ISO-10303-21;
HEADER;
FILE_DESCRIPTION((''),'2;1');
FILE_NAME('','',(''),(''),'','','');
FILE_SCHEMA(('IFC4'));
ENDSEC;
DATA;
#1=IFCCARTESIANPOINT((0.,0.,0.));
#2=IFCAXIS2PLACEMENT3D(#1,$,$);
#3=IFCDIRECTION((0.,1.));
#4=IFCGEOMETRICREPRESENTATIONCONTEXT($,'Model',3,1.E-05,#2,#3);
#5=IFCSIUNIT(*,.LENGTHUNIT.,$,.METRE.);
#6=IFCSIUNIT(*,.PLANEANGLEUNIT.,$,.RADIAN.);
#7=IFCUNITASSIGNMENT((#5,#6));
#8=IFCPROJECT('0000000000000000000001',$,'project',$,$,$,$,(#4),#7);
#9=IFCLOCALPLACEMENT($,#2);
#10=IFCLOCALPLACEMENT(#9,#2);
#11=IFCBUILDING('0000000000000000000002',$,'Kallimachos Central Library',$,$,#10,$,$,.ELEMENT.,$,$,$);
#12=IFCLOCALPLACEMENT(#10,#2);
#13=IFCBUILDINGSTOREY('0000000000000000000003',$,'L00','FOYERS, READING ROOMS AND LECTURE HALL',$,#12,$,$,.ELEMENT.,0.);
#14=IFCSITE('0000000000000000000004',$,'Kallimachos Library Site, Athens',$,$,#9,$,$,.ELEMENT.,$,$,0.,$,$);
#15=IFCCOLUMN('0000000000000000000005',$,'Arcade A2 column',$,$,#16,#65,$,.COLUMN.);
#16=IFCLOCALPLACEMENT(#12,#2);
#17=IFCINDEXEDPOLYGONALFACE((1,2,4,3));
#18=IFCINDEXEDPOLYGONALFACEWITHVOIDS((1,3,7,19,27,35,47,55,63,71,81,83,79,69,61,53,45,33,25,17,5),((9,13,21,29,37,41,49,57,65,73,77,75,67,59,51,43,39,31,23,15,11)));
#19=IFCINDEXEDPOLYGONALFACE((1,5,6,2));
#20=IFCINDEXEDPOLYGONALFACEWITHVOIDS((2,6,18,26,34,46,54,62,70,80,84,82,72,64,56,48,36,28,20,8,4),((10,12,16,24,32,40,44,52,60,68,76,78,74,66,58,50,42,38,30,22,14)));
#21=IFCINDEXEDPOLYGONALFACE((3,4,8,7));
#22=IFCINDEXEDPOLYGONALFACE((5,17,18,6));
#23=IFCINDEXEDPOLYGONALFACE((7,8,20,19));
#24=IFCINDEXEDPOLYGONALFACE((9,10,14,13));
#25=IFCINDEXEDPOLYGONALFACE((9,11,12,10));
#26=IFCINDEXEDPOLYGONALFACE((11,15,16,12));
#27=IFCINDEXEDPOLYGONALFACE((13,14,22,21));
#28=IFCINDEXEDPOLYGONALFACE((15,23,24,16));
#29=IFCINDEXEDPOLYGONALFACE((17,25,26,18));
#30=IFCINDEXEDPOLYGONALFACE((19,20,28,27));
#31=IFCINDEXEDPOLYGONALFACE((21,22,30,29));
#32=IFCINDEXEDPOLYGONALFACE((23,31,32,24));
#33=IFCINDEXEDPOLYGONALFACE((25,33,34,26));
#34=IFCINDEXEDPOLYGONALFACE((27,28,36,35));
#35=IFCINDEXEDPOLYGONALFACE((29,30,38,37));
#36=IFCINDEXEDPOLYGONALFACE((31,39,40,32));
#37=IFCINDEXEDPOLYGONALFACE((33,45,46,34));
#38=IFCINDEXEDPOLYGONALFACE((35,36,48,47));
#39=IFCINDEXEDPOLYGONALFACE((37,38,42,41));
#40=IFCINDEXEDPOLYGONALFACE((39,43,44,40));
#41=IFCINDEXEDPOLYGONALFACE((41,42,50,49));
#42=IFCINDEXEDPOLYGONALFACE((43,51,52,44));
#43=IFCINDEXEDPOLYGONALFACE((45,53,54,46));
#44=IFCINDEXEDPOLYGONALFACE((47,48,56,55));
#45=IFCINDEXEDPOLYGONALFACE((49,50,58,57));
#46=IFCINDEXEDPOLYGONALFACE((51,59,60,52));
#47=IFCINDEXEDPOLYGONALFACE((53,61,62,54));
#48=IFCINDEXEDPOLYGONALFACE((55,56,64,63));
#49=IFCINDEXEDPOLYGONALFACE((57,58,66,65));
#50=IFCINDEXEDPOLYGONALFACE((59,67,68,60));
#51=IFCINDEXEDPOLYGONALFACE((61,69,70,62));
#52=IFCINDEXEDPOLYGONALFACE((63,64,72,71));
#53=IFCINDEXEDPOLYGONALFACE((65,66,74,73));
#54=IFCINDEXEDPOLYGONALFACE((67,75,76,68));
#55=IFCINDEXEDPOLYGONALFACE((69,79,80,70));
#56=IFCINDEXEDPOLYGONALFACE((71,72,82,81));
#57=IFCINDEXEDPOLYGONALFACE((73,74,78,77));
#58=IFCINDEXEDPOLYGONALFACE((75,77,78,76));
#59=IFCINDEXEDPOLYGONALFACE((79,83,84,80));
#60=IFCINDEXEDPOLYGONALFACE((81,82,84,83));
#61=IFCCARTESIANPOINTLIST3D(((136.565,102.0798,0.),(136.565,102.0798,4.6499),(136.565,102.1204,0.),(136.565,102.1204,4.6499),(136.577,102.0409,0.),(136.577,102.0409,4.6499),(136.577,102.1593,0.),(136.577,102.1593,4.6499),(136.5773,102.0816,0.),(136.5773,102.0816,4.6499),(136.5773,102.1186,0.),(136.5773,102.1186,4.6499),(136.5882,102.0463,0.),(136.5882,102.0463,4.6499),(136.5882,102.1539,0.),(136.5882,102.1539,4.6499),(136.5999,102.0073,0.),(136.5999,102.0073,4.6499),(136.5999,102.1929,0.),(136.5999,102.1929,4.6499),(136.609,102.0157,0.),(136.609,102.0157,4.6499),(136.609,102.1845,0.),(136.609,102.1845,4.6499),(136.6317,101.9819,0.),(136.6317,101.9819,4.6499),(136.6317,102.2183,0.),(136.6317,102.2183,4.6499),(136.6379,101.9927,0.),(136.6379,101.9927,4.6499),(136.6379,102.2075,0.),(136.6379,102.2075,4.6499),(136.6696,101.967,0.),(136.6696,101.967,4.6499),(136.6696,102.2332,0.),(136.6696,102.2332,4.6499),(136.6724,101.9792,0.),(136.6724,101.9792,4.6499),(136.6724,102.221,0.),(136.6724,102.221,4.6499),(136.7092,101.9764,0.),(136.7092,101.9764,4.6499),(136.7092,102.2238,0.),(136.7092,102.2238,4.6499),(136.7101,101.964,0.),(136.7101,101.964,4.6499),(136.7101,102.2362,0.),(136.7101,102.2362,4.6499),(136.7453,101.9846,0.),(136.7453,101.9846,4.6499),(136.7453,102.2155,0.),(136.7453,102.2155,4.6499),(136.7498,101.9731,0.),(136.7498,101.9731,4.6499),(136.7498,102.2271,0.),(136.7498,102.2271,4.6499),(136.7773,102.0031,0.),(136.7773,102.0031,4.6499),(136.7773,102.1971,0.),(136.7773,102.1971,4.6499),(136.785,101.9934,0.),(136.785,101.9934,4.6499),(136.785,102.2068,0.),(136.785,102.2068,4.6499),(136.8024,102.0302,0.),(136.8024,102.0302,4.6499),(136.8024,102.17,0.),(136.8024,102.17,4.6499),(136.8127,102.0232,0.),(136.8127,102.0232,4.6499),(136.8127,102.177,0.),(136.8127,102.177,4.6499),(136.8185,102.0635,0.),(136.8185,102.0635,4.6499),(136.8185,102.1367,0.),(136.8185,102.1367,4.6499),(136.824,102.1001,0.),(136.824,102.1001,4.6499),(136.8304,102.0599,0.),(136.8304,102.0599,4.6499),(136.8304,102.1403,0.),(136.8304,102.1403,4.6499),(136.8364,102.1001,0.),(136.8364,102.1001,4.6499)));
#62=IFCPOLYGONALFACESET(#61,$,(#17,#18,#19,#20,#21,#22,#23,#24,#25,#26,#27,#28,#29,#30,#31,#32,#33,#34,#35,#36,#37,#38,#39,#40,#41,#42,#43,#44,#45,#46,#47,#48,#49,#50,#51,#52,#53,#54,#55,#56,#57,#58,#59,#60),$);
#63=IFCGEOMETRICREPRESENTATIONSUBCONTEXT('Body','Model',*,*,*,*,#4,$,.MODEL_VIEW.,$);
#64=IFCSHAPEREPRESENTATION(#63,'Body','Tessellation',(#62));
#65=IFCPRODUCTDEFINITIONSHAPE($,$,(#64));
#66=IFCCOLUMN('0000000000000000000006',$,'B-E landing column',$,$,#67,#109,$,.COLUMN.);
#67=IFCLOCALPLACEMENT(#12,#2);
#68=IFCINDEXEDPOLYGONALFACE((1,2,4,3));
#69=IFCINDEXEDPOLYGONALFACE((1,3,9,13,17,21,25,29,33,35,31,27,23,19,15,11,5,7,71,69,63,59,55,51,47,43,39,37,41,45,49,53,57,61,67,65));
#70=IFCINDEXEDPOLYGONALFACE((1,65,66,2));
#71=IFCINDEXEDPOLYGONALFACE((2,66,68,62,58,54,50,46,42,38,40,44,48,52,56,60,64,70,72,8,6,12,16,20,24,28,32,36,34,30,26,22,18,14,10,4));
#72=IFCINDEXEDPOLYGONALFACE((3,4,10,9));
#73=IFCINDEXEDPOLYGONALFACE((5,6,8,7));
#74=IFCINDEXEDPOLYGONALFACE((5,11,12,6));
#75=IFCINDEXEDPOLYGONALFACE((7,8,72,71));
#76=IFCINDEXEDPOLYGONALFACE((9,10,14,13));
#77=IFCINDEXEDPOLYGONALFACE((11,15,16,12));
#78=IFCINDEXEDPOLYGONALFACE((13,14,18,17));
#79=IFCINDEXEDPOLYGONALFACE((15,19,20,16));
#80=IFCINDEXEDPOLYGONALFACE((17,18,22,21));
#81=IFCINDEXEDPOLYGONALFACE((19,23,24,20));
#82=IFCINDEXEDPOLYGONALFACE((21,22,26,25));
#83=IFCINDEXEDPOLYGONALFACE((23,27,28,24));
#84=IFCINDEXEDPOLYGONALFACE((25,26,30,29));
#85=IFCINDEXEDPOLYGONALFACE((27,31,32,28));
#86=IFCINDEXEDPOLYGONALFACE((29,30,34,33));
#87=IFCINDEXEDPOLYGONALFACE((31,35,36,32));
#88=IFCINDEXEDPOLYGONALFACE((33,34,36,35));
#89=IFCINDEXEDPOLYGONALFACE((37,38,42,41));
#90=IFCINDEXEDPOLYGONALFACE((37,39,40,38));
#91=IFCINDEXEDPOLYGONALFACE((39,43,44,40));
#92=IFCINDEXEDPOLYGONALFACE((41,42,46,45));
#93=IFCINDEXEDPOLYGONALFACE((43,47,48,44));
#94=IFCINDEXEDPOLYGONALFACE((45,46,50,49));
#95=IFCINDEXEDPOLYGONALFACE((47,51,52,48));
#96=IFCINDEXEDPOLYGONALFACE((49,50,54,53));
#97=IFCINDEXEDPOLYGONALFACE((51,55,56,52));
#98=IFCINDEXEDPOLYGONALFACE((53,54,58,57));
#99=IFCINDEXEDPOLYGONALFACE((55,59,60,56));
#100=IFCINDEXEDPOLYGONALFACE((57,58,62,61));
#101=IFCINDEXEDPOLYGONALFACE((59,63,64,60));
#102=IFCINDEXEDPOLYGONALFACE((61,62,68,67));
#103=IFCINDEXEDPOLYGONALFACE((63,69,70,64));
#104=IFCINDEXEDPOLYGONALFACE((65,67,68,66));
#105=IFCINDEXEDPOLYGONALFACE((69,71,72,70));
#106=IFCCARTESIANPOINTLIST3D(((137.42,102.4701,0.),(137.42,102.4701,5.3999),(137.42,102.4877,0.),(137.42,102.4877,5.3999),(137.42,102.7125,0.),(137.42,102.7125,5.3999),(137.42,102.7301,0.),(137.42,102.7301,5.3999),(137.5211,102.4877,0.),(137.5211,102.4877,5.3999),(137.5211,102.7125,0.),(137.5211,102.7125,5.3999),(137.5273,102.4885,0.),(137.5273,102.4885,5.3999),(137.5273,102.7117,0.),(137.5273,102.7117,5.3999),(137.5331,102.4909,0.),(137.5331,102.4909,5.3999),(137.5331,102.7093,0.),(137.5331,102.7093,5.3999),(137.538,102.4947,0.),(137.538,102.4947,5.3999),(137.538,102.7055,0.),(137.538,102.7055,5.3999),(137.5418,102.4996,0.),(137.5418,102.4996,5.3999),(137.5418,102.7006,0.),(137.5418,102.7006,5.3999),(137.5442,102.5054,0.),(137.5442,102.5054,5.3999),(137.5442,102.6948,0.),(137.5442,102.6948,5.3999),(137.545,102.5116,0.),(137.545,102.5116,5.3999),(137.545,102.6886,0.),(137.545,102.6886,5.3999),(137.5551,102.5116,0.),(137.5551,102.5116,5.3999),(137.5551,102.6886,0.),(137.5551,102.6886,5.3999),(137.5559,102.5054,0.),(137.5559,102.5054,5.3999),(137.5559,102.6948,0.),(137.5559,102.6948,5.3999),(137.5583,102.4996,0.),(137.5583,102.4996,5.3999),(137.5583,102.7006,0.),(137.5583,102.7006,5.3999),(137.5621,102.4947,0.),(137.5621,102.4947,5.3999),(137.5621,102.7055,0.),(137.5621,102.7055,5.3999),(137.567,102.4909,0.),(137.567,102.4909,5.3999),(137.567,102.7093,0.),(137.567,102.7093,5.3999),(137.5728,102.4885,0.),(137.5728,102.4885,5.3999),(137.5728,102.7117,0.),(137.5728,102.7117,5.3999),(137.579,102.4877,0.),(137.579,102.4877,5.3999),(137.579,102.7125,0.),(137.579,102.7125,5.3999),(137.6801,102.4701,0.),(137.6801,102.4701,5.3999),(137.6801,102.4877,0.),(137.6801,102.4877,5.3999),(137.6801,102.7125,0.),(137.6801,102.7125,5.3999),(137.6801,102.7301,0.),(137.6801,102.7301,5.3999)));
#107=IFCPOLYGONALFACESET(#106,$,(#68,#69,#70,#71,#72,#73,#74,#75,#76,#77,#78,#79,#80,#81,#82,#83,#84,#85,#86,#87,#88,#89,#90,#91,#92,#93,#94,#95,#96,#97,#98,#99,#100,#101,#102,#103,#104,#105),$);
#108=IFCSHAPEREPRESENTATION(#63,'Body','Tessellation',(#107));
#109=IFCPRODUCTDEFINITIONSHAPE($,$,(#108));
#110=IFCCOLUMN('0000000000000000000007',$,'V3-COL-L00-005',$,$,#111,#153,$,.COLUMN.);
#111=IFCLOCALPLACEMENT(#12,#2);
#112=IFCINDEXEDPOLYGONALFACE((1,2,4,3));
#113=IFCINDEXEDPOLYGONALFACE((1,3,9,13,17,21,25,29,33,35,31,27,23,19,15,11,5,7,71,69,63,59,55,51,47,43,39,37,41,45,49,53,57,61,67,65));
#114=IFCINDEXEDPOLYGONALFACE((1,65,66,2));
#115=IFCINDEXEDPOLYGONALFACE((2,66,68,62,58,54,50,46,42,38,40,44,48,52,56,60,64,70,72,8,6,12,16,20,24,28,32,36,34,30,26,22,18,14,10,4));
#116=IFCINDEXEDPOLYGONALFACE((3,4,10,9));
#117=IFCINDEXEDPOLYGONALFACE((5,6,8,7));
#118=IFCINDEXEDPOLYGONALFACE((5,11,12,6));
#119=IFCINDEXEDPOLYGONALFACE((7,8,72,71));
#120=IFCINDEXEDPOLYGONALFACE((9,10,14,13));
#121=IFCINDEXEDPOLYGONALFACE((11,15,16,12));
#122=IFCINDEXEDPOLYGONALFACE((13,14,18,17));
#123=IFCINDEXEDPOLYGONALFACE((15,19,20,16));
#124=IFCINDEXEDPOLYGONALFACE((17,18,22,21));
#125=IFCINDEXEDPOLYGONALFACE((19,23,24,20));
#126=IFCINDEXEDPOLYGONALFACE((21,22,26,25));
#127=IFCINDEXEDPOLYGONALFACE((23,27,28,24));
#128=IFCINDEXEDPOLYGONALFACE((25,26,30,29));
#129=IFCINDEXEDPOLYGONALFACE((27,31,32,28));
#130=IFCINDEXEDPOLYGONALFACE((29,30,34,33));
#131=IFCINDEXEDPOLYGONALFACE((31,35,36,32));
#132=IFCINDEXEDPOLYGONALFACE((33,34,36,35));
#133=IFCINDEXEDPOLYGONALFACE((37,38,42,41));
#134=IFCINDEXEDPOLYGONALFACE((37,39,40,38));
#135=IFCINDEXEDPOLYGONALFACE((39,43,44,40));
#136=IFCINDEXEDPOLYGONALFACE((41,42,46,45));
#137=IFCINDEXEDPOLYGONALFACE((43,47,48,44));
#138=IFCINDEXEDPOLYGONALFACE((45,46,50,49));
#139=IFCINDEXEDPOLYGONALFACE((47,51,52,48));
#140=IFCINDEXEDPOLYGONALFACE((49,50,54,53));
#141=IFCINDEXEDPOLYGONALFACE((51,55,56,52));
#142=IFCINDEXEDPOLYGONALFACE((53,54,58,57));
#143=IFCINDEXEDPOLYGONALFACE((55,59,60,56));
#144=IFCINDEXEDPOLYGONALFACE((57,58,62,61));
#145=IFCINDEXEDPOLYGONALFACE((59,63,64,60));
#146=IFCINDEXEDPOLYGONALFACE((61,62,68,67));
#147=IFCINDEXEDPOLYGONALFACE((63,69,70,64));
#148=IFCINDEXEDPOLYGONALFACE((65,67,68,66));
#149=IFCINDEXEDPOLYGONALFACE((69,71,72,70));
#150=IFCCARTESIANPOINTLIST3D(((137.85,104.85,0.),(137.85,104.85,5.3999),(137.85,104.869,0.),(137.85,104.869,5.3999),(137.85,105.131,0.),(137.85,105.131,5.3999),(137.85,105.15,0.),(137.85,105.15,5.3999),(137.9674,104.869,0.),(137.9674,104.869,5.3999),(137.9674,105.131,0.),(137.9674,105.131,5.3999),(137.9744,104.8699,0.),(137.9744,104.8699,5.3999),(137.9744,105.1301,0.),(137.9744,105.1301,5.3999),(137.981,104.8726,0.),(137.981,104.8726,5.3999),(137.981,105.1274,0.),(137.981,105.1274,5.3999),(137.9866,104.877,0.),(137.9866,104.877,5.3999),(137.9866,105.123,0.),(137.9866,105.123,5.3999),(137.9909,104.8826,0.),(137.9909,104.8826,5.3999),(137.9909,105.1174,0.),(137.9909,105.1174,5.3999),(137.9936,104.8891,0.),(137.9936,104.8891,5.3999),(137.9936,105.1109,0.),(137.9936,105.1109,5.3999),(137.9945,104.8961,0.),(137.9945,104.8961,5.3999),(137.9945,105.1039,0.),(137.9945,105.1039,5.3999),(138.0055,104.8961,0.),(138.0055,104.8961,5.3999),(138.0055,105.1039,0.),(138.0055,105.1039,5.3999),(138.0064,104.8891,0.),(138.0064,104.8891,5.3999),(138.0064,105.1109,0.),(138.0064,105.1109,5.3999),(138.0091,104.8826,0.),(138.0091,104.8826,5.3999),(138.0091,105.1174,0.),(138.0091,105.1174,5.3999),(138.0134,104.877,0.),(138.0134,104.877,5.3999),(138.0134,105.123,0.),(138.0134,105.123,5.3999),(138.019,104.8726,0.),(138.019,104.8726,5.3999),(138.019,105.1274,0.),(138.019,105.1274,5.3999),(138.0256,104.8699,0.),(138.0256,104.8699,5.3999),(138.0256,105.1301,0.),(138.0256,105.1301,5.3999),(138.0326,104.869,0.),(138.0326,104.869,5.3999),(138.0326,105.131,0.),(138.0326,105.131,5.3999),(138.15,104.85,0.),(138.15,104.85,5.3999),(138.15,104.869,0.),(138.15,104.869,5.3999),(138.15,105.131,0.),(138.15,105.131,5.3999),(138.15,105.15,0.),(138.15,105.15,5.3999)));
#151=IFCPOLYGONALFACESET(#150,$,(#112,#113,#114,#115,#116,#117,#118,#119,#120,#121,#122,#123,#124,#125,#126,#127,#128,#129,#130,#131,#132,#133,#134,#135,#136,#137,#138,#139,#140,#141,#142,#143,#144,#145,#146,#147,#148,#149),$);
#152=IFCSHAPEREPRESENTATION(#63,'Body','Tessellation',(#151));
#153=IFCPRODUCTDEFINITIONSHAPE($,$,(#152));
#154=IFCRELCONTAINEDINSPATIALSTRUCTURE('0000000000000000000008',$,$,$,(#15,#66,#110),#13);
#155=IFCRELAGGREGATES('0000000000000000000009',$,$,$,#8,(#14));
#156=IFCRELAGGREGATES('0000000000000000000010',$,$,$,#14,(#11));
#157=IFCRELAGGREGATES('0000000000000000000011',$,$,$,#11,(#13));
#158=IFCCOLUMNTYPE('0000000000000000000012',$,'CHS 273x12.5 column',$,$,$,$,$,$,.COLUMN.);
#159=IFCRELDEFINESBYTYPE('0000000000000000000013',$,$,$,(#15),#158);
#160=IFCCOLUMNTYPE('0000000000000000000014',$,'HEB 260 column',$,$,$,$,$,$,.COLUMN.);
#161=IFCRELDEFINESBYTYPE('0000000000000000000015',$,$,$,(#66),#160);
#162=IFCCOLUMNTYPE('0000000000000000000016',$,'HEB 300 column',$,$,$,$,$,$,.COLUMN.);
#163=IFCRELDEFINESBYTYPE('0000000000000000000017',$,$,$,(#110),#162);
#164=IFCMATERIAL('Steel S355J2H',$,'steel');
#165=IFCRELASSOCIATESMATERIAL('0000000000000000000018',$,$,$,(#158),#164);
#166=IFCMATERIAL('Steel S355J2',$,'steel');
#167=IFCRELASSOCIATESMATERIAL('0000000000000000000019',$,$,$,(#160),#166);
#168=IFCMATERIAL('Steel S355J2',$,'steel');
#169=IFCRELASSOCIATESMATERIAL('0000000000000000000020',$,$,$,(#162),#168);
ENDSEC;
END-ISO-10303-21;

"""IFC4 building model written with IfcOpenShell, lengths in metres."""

from ifc_helpers import new_model, si_unit, direction, frame, origin, origin_2d, place, context, subcontext, project, spatial, hollow_circle, i_section, extrude, material, material_profile, profile_set, type_object, element, save


model = new_model("IFC4")

# Units and contexts
model_context = context("Model", 3, precision=1e-05, world=origin(), true_north=direction((0.0, 1.0)))
body_context = subcontext(model_context, "Body", "Model", "MODEL_VIEW")
ifc_project = project(units=[si_unit("LENGTHUNIT", "METRE"), si_unit("PLANEANGLEUNIT", "RADIAN")], contexts=[model_context])

# Site, building, storey
site_placement = place(None, origin())
site = spatial("IfcSite", under=ifc_project, at=site_placement, Name="Kallimachos Library Site, Athens", CompositionType="ELEMENT", RefElevation=0.0)
building_placement = place(site_placement, origin())
building = spatial("IfcBuilding", under=site, at=building_placement, Name="Kallimachos Central Library", CompositionType="ELEMENT")
storey_placement = place(building_placement, origin())
storey = spatial("IfcBuildingStorey", under=building, at=storey_placement, Name="L00", Description="FOYERS, READING ROOMS AND LECTURE HALL", CompositionType="ELEMENT", Elevation=0.0)

# Columns
ifc_material_1 = material(Name="Steel S355J2H", Category="steel")
ifc_material_profile_1 = material_profile(ifc_material_1, hollow_circle(Radius=0.1365, WallThickness=0.0125, at=origin_2d()), Name="CHS 273x12.5")
ifc_profile_set_1 = profile_set([ifc_material_profile_1], Name="Steel S355J2H")
column_type_1 = type_object("IfcColumnType", Name="CHS 273x12.5 column", PredefinedType="COLUMN", material=ifc_profile_set_1)
for number, where, z_axis, x_axis, name in (
    (1, (136.7, 102.1001, 0.0), (0.0, 0.0, 1.0), (1.0, 0.0, 0.0), "Arcade A2 column"),
):
    element("IfcColumn", number, at=place(storey_placement, frame(where, z_axis=z_axis, x_axis=x_axis)), inside=storey, type_object=column_type_1, Name=name, PredefinedType="COLUMN", context=body_context, shape_type="SweptSolid", body=[
        extrude(hollow_circle(Radius=0.1365, WallThickness=0.0125, at=origin_2d()), origin(), (0.0, 0.0, 1.0), 4.6499),
    ])
ifc_material_2 = material(Name="Steel S355J2", Category="steel")
ifc_material_profile_2 = material_profile(ifc_material_2, i_section(OverallWidth=0.26, OverallDepth=0.26, WebThickness=0.01, FlangeThickness=0.0176, FilletRadius=0.0239, at=origin_2d()), Name="HEB 260")
ifc_profile_set_2 = profile_set([ifc_material_profile_2], Name="Steel S355J2")
column_type_2 = type_object("IfcColumnType", Name="HEB 260 column", PredefinedType="COLUMN", material=ifc_profile_set_2)
column_1_placement = place(storey_placement, frame((137.55, 102.6001, 0.0), z_axis=(0.0, 0.0, 1.0), x_axis=(1.0, 0.0, 0.0)))
element("IfcColumn", 2, at=column_1_placement, inside=storey, type_object=column_type_2, Name="B-E landing column", PredefinedType="COLUMN", context=body_context, shape_type="SweptSolid", body=[
    extrude(i_section(OverallWidth=0.26, OverallDepth=0.26, WebThickness=0.01, FlangeThickness=0.0176, FilletRadius=0.0239, at=origin_2d()), origin(), (0.0, 0.0, 1.0), 5.3999),
])
ifc_material_3 = material(Name="Steel S355J2", Category="steel")
ifc_material_profile_3 = material_profile(ifc_material_3, i_section(OverallWidth=0.3, OverallDepth=0.3, WebThickness=0.011, FlangeThickness=0.019, FilletRadius=0.0271, at=origin_2d()), Name="HEB 300")
ifc_profile_set_3 = profile_set([ifc_material_profile_3], Name="Steel S355J2")
column_type_3 = type_object("IfcColumnType", Name="HEB 300 column", PredefinedType="COLUMN", material=ifc_profile_set_3)
column_2_placement = place(storey_placement, frame((138.0, 105.0, 0.0), z_axis=(0.0, 0.0, 1.0), x_axis=(1.0, 0.0, 0.0)))
element("IfcColumn", 3, at=column_2_placement, inside=storey, type_object=column_type_3, Name="V3-COL-L00-005", PredefinedType="COLUMN", context=body_context, shape_type="SweptSolid", body=[
    extrude(i_section(OverallWidth=0.3, OverallDepth=0.3, WebThickness=0.011, FlangeThickness=0.019, FilletRadius=0.0271, at=origin_2d()), origin(), (0.0, 0.0, 1.0), 5.3999),
])

save(model, "model.ifc")
